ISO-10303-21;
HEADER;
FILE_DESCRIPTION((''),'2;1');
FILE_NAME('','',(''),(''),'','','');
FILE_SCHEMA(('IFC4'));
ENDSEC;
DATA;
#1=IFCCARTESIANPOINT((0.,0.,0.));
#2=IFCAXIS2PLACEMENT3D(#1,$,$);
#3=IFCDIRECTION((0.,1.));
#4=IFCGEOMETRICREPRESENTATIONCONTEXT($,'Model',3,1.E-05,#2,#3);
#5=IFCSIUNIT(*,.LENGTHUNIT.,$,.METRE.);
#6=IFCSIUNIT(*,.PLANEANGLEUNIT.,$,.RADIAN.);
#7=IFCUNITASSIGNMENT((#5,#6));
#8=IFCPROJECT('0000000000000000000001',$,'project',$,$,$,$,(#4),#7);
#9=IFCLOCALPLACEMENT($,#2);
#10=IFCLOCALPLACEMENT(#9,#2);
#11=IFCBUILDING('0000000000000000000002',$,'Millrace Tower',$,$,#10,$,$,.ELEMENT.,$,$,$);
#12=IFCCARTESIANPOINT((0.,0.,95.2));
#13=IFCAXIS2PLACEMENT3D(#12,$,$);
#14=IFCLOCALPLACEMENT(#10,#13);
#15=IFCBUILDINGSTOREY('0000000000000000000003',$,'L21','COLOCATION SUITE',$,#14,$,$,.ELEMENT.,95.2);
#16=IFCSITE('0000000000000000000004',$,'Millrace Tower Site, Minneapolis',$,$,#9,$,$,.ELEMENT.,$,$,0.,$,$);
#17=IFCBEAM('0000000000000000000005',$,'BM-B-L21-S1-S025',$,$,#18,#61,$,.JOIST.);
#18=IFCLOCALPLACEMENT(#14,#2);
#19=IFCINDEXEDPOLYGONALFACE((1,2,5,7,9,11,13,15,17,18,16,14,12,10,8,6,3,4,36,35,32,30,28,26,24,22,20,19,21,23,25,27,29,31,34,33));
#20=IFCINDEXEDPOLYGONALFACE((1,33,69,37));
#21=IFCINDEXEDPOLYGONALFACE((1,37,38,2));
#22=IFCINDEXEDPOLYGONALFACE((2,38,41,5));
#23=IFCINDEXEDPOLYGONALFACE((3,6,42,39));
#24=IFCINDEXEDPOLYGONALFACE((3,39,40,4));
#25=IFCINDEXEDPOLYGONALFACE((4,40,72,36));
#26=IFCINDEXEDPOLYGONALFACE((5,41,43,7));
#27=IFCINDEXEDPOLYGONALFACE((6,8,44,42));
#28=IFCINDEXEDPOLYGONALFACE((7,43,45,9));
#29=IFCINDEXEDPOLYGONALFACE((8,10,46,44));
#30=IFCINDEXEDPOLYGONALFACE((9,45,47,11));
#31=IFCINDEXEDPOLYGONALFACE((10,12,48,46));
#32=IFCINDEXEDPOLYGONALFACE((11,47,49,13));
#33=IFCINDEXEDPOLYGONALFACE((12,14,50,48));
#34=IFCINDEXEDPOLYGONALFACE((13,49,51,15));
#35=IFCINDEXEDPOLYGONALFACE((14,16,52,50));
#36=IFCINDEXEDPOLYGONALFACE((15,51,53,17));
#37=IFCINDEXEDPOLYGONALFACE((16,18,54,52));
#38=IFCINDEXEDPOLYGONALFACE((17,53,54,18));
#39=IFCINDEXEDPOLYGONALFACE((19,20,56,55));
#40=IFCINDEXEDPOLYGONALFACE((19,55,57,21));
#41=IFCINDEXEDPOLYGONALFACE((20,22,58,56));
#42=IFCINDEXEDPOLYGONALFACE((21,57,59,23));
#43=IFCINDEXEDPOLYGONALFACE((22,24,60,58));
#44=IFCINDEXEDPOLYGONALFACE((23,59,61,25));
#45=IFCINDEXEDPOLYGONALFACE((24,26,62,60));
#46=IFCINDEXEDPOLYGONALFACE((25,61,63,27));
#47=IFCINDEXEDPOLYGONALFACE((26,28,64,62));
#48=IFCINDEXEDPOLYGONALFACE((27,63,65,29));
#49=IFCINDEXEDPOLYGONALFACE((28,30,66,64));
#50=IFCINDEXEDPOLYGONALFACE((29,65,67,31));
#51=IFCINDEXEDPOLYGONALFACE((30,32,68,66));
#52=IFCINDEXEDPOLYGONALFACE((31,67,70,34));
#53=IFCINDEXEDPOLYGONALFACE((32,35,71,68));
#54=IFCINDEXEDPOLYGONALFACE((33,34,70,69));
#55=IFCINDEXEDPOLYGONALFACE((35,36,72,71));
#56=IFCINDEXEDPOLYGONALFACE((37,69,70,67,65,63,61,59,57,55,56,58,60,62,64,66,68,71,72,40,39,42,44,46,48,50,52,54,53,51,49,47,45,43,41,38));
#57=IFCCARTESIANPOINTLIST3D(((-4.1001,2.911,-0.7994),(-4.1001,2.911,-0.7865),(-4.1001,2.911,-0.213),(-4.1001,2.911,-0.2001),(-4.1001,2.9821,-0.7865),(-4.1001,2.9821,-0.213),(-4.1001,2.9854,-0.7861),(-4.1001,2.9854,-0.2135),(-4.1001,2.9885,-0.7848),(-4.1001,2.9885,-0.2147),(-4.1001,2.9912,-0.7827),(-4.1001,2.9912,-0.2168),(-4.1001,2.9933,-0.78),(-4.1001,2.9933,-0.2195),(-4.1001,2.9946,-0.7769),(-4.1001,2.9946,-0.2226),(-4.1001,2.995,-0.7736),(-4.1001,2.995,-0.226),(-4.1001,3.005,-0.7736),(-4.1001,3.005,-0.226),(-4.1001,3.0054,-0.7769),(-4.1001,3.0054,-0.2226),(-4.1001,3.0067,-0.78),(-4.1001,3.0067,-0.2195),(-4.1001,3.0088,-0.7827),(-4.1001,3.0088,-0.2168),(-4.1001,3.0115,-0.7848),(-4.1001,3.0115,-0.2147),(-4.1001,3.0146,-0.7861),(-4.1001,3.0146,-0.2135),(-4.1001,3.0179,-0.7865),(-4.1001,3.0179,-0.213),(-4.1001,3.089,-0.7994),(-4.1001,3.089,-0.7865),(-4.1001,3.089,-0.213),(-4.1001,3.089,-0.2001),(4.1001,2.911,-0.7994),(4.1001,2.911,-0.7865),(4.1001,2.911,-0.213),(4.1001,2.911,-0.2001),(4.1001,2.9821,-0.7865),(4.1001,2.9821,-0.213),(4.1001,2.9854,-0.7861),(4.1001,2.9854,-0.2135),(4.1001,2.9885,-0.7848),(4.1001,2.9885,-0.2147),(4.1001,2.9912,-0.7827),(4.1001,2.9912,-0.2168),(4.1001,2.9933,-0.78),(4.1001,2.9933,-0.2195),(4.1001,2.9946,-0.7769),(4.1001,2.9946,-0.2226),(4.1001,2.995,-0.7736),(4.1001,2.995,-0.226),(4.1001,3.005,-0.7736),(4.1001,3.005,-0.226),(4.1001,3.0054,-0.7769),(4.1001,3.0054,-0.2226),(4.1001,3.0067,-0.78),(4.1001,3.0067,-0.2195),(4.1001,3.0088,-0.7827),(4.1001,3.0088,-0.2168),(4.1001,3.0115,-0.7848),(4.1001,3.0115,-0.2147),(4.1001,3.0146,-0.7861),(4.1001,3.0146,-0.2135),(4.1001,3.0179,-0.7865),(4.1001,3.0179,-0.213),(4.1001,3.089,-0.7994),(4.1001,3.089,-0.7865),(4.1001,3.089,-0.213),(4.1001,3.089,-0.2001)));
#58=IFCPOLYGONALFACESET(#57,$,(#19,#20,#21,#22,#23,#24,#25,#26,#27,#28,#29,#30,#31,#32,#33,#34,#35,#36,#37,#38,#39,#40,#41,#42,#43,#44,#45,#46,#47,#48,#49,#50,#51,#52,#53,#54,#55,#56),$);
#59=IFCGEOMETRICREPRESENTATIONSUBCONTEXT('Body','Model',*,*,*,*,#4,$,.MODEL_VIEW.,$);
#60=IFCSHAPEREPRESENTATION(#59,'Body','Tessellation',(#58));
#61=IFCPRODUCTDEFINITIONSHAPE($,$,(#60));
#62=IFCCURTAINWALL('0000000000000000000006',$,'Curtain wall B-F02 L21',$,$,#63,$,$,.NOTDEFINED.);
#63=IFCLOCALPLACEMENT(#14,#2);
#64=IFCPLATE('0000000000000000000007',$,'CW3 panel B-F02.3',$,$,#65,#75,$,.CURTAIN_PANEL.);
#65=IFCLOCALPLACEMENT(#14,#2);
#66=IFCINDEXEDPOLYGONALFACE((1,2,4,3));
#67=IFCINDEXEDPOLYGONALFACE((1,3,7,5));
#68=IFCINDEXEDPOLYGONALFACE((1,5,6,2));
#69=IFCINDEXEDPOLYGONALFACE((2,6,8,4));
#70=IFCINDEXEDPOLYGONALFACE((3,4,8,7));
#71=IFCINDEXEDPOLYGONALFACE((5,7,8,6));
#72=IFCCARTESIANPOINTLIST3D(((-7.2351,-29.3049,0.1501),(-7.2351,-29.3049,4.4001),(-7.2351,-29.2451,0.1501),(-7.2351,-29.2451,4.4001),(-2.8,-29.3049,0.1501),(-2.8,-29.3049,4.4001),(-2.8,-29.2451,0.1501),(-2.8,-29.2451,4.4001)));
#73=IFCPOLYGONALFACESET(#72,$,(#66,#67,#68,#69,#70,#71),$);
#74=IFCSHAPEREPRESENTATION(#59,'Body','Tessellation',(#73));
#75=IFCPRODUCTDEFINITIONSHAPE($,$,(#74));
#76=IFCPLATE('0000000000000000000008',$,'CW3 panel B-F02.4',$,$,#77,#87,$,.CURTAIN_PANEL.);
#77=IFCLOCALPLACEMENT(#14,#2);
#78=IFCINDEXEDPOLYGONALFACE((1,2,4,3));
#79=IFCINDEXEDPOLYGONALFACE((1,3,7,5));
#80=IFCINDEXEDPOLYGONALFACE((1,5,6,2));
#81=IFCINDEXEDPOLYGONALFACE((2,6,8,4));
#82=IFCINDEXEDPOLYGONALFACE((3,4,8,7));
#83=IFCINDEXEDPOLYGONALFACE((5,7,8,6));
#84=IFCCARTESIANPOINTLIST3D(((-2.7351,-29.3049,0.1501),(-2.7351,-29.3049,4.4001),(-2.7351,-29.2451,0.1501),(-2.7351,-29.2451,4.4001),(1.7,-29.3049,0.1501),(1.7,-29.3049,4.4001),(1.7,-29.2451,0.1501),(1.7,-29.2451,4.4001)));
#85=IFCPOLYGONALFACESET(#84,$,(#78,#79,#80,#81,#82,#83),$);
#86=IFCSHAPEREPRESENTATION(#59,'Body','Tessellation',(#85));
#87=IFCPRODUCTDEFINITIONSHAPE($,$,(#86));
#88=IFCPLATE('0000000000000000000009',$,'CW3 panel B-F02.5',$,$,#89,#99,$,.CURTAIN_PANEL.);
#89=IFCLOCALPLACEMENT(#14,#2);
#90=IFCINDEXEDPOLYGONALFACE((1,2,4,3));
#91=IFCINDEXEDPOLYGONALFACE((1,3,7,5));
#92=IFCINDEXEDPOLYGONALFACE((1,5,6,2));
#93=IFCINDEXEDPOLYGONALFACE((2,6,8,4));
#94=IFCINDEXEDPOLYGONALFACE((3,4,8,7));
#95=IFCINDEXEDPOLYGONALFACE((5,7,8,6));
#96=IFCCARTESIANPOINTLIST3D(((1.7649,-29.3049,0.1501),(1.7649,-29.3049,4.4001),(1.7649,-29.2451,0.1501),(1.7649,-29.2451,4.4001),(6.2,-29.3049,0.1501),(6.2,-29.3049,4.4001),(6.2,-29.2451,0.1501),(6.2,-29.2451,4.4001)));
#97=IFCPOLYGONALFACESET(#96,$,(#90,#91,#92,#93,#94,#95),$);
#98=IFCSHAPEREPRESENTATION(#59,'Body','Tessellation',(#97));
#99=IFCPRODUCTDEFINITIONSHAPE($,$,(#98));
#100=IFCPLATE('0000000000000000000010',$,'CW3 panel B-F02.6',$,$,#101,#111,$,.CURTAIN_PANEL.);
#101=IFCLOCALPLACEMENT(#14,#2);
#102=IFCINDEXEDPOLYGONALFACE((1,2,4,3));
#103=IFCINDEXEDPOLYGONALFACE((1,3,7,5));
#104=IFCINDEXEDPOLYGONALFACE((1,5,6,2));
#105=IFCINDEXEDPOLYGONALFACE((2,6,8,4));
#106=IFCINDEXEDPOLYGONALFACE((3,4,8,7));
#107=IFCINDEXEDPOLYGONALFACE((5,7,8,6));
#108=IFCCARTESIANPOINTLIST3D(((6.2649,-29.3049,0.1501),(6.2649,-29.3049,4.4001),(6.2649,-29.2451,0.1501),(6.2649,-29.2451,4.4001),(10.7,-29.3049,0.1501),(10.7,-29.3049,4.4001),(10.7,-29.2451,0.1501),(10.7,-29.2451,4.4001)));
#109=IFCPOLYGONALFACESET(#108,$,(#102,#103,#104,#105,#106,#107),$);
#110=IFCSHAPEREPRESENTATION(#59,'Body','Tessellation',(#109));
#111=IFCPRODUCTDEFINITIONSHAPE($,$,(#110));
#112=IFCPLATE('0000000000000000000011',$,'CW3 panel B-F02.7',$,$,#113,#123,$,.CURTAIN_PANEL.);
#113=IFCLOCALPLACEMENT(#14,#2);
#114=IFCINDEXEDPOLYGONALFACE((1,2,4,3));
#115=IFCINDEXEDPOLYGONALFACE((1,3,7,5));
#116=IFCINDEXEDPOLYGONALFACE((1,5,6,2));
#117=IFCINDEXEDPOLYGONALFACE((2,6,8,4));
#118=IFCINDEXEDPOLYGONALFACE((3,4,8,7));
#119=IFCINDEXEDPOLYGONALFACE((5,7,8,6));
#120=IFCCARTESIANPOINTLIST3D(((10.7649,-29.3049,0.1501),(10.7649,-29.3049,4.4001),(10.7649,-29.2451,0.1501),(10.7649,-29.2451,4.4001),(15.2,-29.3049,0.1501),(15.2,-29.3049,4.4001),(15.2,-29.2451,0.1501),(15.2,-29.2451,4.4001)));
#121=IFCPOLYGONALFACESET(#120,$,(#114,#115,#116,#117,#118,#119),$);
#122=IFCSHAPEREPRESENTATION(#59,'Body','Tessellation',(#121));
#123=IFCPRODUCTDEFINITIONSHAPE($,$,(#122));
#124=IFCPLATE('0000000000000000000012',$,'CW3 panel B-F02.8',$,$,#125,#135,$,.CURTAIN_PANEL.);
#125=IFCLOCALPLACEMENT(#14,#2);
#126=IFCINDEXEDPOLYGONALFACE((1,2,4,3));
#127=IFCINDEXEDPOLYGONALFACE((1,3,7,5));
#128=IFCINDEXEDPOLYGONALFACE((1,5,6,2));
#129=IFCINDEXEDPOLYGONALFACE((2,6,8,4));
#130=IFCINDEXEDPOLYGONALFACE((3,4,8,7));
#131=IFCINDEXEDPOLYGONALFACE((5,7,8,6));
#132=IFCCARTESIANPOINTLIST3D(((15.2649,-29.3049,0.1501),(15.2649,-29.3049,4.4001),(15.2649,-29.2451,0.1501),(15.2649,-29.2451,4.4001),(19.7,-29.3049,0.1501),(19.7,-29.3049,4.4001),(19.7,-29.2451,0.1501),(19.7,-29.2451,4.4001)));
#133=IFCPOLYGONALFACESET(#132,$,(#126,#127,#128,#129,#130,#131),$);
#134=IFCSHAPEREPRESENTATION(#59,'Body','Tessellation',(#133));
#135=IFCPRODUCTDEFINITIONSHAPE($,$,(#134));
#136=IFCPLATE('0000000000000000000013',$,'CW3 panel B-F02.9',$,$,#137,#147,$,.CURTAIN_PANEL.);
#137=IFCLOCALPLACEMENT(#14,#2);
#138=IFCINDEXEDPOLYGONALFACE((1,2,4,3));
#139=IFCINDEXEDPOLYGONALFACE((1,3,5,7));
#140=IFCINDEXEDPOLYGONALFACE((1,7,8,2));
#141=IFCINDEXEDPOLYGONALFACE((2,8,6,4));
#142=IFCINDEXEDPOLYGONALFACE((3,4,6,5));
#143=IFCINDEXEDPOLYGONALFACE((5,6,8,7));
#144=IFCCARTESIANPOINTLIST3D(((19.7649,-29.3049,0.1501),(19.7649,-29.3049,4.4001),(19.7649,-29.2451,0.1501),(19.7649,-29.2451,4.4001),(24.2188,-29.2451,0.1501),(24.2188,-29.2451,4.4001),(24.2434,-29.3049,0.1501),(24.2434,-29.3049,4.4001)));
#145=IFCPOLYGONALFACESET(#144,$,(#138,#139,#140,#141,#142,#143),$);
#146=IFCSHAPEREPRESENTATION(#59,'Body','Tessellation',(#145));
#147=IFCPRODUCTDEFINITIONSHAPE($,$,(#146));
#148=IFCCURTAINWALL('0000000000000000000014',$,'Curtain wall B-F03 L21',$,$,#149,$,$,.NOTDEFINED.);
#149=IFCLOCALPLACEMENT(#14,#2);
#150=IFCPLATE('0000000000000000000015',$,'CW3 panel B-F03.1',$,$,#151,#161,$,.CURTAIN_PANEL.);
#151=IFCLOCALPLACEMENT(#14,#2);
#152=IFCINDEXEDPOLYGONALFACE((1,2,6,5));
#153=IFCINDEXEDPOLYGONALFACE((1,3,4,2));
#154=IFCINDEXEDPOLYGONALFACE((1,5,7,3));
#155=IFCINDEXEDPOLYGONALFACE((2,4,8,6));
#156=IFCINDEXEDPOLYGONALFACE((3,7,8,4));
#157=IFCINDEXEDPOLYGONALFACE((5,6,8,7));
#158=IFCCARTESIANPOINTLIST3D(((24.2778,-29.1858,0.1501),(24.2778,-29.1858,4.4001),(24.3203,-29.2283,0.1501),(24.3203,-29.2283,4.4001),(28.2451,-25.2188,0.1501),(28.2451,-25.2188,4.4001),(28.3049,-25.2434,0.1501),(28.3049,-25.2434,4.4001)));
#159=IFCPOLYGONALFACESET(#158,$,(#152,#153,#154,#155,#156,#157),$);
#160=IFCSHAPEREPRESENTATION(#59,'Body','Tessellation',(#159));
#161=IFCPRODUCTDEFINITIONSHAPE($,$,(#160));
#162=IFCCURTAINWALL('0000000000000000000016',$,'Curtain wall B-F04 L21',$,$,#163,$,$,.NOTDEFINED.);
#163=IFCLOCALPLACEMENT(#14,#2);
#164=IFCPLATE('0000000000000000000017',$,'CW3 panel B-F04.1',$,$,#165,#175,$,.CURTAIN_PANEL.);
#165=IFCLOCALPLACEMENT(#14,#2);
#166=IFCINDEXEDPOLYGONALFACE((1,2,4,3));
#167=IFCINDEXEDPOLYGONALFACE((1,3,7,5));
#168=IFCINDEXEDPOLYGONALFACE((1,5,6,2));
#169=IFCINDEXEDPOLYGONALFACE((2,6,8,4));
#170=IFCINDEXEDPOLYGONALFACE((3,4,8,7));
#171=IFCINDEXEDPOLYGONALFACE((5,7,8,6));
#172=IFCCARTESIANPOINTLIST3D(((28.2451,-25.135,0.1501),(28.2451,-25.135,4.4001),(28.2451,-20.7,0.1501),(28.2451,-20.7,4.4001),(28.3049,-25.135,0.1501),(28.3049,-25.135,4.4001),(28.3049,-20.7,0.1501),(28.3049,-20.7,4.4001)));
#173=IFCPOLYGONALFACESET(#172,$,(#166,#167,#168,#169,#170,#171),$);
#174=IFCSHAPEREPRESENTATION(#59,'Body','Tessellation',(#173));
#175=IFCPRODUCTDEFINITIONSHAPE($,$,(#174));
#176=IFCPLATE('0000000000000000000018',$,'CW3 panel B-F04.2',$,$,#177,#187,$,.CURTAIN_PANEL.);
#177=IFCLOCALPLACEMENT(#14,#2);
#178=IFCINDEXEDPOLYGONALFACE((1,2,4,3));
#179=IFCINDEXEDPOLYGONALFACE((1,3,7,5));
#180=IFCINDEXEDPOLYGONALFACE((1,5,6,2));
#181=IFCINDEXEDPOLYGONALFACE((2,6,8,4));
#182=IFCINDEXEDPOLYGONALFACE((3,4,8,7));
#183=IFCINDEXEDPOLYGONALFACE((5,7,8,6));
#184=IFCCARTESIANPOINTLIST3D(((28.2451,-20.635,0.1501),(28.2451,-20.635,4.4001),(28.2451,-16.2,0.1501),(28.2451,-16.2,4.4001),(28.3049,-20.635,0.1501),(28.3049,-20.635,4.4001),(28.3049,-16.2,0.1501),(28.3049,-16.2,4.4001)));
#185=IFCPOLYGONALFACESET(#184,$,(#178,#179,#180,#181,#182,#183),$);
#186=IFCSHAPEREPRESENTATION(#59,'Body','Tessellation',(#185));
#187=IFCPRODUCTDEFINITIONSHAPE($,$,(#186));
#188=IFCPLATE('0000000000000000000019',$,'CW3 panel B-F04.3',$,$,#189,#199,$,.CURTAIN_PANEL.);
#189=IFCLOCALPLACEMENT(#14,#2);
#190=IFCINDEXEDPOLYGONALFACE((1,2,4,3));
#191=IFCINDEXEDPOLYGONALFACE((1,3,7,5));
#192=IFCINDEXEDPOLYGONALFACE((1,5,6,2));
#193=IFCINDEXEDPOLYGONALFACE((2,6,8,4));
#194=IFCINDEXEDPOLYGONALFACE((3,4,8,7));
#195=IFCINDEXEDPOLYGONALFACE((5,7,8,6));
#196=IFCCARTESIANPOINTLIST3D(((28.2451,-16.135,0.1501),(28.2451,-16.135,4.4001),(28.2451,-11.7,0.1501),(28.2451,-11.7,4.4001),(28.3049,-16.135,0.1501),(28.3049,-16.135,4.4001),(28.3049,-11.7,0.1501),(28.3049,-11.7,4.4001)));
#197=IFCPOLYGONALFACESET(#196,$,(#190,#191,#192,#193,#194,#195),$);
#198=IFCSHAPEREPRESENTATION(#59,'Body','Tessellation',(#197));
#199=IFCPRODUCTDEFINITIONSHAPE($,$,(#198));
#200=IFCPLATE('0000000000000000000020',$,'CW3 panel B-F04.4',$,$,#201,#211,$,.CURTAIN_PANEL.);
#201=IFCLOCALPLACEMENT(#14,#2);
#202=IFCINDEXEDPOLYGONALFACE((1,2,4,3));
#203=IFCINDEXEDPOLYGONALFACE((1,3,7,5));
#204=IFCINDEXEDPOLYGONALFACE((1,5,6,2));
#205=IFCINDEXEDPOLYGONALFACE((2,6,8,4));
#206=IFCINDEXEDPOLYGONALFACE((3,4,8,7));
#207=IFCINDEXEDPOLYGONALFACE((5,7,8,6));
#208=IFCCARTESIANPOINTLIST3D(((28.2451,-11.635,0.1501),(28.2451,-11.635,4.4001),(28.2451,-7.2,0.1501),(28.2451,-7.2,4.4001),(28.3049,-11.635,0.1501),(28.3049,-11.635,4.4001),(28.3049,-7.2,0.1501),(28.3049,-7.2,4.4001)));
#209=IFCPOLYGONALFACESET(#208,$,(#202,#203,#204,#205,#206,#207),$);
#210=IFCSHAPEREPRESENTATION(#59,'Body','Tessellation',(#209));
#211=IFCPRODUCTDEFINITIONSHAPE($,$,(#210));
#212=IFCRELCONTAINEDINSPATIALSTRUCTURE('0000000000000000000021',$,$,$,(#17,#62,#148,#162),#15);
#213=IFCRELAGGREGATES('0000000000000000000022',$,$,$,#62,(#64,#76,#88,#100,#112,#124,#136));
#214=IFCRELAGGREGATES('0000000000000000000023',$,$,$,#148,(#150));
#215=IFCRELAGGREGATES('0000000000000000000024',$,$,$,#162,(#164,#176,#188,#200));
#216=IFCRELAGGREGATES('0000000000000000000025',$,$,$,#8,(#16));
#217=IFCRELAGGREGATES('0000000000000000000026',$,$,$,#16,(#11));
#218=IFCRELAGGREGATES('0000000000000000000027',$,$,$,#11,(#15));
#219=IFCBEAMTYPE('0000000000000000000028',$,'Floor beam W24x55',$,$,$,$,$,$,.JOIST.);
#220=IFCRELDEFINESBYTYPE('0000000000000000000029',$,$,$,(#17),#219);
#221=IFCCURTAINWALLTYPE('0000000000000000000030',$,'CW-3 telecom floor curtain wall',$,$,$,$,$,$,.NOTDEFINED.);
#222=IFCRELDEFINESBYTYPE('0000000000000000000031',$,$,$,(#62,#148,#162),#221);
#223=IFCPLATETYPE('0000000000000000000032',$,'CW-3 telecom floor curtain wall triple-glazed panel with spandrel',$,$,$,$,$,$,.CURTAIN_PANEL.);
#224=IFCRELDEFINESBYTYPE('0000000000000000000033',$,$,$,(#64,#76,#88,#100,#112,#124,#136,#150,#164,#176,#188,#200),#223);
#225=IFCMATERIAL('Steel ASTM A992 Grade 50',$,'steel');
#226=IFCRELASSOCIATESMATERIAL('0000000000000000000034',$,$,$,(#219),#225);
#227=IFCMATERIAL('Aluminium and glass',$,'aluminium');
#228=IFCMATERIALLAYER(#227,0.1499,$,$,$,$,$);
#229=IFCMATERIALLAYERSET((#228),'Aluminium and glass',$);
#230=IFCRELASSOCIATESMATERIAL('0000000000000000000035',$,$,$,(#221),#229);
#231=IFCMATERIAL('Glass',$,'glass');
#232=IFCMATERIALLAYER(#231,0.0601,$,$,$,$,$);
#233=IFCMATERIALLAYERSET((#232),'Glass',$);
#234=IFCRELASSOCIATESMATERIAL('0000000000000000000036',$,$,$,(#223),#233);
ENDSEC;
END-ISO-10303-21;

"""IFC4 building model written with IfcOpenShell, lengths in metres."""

from ifc_helpers import new_model, si_unit, direction, frame, origin, origin_2d, place, context, subcontext, project, spatial, polyline, i_section, outline, extrude, material, layer, layer_set, material_profile, profile_set, type_object, element, aggregate, save


model = new_model("IFC4")

# Units and contexts
model_context = context("Model", 3, precision=1e-05, world=origin(), true_north=direction((0.0, 1.0)))
body_context = subcontext(model_context, "Body", "Model", "MODEL_VIEW")
ifc_project = project(units=[si_unit("LENGTHUNIT", "METRE"), si_unit("PLANEANGLEUNIT", "RADIAN")], contexts=[model_context])

# Site, building, storey
site_placement = place(None, origin())
site = spatial("IfcSite", under=ifc_project, at=site_placement, Name="Millrace Tower Site, Minneapolis", CompositionType="ELEMENT", RefElevation=0.0)
building_placement = place(site_placement, origin())
building = spatial("IfcBuilding", under=site, at=building_placement, Name="Millrace Tower", CompositionType="ELEMENT")
storey_placement = place(building_placement, frame((0.0, 0.0, 95.2)))
storey = spatial("IfcBuildingStorey", under=building, at=storey_placement, Name="L21", Description="COLOCATION SUITE", CompositionType="ELEMENT", Elevation=95.2)

# Beam
ifc_material_1 = material(Name="Steel ASTM A992 Grade 50", Category="steel")
ifc_material_profile = material_profile(ifc_material_1, i_section(OverallWidth=0.178, OverallDepth=0.5994, WebThickness=0.01, FlangeThickness=0.0129, FilletRadius=0.0129, at=origin_2d()))
ifc_profile_set = profile_set([ifc_material_profile], Name="Steel ASTM A992 Grade 50")
beam_type = type_object("IfcBeamType", Name="Floor beam W24x55", PredefinedType="JOIST", material=ifc_profile_set)
beam_placement = place(storey_placement, frame((-4.1001, 3.0, -0.4998), z_axis=(1.0, 0.0, 0.0), x_axis=(0.0, 1.0, 0.0)))
element("IfcBeam", 1, at=beam_placement, inside=storey, type_object=beam_type, Name="BM-B-L21-S1-S025", PredefinedType="JOIST", context=body_context, shape_type="SweptSolid", body=[
    extrude(i_section(OverallWidth=0.178, OverallDepth=0.5994, WebThickness=0.01, FlangeThickness=0.0129, FilletRadius=0.0129, at=origin_2d()), origin(), (0.0, 0.0, 1.0), 8.2002),
])

# Curtain wall, plates
ifc_material_2 = material(Name="Aluminium and glass", Category="aluminium")
ifc_layer_1 = layer(ifc_material_2, 0.1499)
ifc_layer_set_1 = layer_set([ifc_layer_1], Name="Aluminium and glass")
curtain_wall_type = type_object("IfcCurtainWallType", Name="CW-3 telecom floor curtain wall", PredefinedType="NOTDEFINED", material=ifc_layer_set_1)
placement_1 = place(storey_placement, origin())
curtain_wall_1 = element("IfcCurtainWall", 2, at=placement_1, inside=storey, type_object=curtain_wall_type, Name="Curtain wall B-F02 L21", PredefinedType="NOTDEFINED")
ifc_material_3 = material(Name="Glass", Category="glass")
ifc_layer_2 = layer(ifc_material_3, 0.0601)
ifc_layer_set_2 = layer_set([ifc_layer_2], Name="Glass")
plate_type = type_object("IfcPlateType", Name="CW-3 telecom floor curtain wall triple-glazed panel with spandrel", PredefinedType="CURTAIN_PANEL", material=ifc_layer_set_2)
placement_2 = place(storey_placement, frame((0.0, 0.0, 0.1501)))
plate_1 = element("IfcPlate", 3, at=placement_2, type_object=plate_type, Name="CW3 panel B-F02.3", PredefinedType="CURTAIN_PANEL", context=body_context, shape_type="SweptSolid", body=[
    extrude(outline(polyline([(-7.2351, -29.3049), (-2.8, -29.3049), (-2.8, -29.2451), (-7.2351, -29.2451), (-7.2351, -29.3049)])), origin(), (0.0, 0.0, 1.0), 4.25),
])
plate_2 = element("IfcPlate", 4, at=placement_2, type_object=plate_type, Name="CW3 panel B-F02.4", PredefinedType="CURTAIN_PANEL", context=body_context, shape_type="SweptSolid", body=[
    extrude(outline(polyline([(-2.7351, -29.3049), (1.7, -29.3049), (1.7, -29.2451), (-2.7351, -29.2451), (-2.7351, -29.3049)])), origin(), (0.0, 0.0, 1.0), 4.25),
])
plate_3 = element("IfcPlate", 5, at=placement_2, type_object=plate_type, Name="CW3 panel B-F02.5", PredefinedType="CURTAIN_PANEL", context=body_context, shape_type="SweptSolid", body=[
    extrude(outline(polyline([(1.7649, -29.3049), (6.2, -29.3049), (6.2, -29.2451), (1.7649, -29.2451), (1.7649, -29.3049)])), origin(), (0.0, 0.0, 1.0), 4.25),
])
plate_4 = element("IfcPlate", 6, at=placement_2, type_object=plate_type, Name="CW3 panel B-F02.6", PredefinedType="CURTAIN_PANEL", context=body_context, shape_type="SweptSolid", body=[
    extrude(outline(polyline([(6.2649, -29.3049), (10.7, -29.3049), (10.7, -29.2451), (6.2649, -29.2451), (6.2649, -29.3049)])), origin(), (0.0, 0.0, 1.0), 4.25),
])
plate_5 = element("IfcPlate", 7, at=placement_2, type_object=plate_type, Name="CW3 panel B-F02.7", PredefinedType="CURTAIN_PANEL", context=body_context, shape_type="SweptSolid", body=[
    extrude(outline(polyline([(10.7649, -29.3049), (15.2, -29.3049), (15.2, -29.2451), (10.7649, -29.2451), (10.7649, -29.3049)])), origin(), (0.0, 0.0, 1.0), 4.25),
])
plate_6 = element("IfcPlate", 8, at=placement_2, type_object=plate_type, Name="CW3 panel B-F02.8", PredefinedType="CURTAIN_PANEL", context=body_context, shape_type="SweptSolid", body=[
    extrude(outline(polyline([(15.2649, -29.3049), (19.7, -29.3049), (19.7, -29.2451), (15.2649, -29.2451), (15.2649, -29.3049)])), origin(), (0.0, 0.0, 1.0), 4.25),
])
plate_7 = element("IfcPlate", 9, at=placement_2, type_object=plate_type, Name="CW3 panel B-F02.9", PredefinedType="CURTAIN_PANEL", context=body_context, shape_type="SweptSolid", body=[
    extrude(outline(polyline([(19.7649, -29.3049), (24.2434, -29.3049), (24.2188, -29.2451), (19.7649, -29.2451), (19.7649, -29.3049)])), origin(), (0.0, 0.0, 1.0), 4.25),
])
aggregate(curtain_wall_1, [plate_1, plate_2, plate_3, plate_4, plate_5, plate_6, plate_7])

# Curtain wall, plate
curtain_wall_2 = element("IfcCurtainWall", 10, at=placement_1, inside=storey, type_object=curtain_wall_type, Name="Curtain wall B-F03 L21", PredefinedType="NOTDEFINED")
plate_8 = element("IfcPlate", 11, at=placement_2, type_object=plate_type, Name="CW3 panel B-F03.1", PredefinedType="CURTAIN_PANEL", context=body_context, shape_type="SweptSolid", body=[
    extrude(outline(polyline([(24.3203, -29.2283), (28.3049, -25.2434), (28.2451, -25.2188), (24.2778, -29.1858), (24.3203, -29.2283)])), origin(), (0.0, 0.0, 1.0), 4.25),
])
aggregate(curtain_wall_2, [plate_8])

# Curtain wall, plates
curtain_wall_3 = element("IfcCurtainWall", 12, at=placement_1, inside=storey, type_object=curtain_wall_type, Name="Curtain wall B-F04 L21", PredefinedType="NOTDEFINED")
plate_9 = element("IfcPlate", 13, at=placement_2, type_object=plate_type, Name="CW3 panel B-F04.1", PredefinedType="CURTAIN_PANEL", context=body_context, shape_type="SweptSolid", body=[
    extrude(outline(polyline([(28.3049, -25.135), (28.3049, -20.7), (28.2451, -20.7), (28.2451, -25.135), (28.3049, -25.135)])), origin(), (0.0, 0.0, 1.0), 4.25),
])
plate_10 = element("IfcPlate", 14, at=placement_2, type_object=plate_type, Name="CW3 panel B-F04.2", PredefinedType="CURTAIN_PANEL", context=body_context, shape_type="SweptSolid", body=[
    extrude(outline(polyline([(28.3049, -20.635), (28.3049, -16.2), (28.2451, -16.2), (28.2451, -20.635), (28.3049, -20.635)])), origin(), (0.0, 0.0, 1.0), 4.25),
])
plate_11 = element("IfcPlate", 15, at=placement_2, type_object=plate_type, Name="CW3 panel B-F04.3", PredefinedType="CURTAIN_PANEL", context=body_context, shape_type="SweptSolid", body=[
    extrude(outline(polyline([(28.3049, -16.135), (28.3049, -11.7), (28.2451, -11.7), (28.2451, -16.135), (28.3049, -16.135)])), origin(), (0.0, 0.0, 1.0), 4.25),
])
plate_12 = element("IfcPlate", 16, at=placement_2, type_object=plate_type, Name="CW3 panel B-F04.4", PredefinedType="CURTAIN_PANEL", context=body_context, shape_type="SweptSolid", body=[
    extrude(outline(polyline([(28.3049, -11.635), (28.3049, -7.2), (28.2451, -7.2), (28.2451, -11.635), (28.3049, -11.635)])), origin(), (0.0, 0.0, 1.0), 4.25),
])
aggregate(curtain_wall_3, [plate_9, plate_10, plate_11, plate_12])

save(model, "model.ifc")
